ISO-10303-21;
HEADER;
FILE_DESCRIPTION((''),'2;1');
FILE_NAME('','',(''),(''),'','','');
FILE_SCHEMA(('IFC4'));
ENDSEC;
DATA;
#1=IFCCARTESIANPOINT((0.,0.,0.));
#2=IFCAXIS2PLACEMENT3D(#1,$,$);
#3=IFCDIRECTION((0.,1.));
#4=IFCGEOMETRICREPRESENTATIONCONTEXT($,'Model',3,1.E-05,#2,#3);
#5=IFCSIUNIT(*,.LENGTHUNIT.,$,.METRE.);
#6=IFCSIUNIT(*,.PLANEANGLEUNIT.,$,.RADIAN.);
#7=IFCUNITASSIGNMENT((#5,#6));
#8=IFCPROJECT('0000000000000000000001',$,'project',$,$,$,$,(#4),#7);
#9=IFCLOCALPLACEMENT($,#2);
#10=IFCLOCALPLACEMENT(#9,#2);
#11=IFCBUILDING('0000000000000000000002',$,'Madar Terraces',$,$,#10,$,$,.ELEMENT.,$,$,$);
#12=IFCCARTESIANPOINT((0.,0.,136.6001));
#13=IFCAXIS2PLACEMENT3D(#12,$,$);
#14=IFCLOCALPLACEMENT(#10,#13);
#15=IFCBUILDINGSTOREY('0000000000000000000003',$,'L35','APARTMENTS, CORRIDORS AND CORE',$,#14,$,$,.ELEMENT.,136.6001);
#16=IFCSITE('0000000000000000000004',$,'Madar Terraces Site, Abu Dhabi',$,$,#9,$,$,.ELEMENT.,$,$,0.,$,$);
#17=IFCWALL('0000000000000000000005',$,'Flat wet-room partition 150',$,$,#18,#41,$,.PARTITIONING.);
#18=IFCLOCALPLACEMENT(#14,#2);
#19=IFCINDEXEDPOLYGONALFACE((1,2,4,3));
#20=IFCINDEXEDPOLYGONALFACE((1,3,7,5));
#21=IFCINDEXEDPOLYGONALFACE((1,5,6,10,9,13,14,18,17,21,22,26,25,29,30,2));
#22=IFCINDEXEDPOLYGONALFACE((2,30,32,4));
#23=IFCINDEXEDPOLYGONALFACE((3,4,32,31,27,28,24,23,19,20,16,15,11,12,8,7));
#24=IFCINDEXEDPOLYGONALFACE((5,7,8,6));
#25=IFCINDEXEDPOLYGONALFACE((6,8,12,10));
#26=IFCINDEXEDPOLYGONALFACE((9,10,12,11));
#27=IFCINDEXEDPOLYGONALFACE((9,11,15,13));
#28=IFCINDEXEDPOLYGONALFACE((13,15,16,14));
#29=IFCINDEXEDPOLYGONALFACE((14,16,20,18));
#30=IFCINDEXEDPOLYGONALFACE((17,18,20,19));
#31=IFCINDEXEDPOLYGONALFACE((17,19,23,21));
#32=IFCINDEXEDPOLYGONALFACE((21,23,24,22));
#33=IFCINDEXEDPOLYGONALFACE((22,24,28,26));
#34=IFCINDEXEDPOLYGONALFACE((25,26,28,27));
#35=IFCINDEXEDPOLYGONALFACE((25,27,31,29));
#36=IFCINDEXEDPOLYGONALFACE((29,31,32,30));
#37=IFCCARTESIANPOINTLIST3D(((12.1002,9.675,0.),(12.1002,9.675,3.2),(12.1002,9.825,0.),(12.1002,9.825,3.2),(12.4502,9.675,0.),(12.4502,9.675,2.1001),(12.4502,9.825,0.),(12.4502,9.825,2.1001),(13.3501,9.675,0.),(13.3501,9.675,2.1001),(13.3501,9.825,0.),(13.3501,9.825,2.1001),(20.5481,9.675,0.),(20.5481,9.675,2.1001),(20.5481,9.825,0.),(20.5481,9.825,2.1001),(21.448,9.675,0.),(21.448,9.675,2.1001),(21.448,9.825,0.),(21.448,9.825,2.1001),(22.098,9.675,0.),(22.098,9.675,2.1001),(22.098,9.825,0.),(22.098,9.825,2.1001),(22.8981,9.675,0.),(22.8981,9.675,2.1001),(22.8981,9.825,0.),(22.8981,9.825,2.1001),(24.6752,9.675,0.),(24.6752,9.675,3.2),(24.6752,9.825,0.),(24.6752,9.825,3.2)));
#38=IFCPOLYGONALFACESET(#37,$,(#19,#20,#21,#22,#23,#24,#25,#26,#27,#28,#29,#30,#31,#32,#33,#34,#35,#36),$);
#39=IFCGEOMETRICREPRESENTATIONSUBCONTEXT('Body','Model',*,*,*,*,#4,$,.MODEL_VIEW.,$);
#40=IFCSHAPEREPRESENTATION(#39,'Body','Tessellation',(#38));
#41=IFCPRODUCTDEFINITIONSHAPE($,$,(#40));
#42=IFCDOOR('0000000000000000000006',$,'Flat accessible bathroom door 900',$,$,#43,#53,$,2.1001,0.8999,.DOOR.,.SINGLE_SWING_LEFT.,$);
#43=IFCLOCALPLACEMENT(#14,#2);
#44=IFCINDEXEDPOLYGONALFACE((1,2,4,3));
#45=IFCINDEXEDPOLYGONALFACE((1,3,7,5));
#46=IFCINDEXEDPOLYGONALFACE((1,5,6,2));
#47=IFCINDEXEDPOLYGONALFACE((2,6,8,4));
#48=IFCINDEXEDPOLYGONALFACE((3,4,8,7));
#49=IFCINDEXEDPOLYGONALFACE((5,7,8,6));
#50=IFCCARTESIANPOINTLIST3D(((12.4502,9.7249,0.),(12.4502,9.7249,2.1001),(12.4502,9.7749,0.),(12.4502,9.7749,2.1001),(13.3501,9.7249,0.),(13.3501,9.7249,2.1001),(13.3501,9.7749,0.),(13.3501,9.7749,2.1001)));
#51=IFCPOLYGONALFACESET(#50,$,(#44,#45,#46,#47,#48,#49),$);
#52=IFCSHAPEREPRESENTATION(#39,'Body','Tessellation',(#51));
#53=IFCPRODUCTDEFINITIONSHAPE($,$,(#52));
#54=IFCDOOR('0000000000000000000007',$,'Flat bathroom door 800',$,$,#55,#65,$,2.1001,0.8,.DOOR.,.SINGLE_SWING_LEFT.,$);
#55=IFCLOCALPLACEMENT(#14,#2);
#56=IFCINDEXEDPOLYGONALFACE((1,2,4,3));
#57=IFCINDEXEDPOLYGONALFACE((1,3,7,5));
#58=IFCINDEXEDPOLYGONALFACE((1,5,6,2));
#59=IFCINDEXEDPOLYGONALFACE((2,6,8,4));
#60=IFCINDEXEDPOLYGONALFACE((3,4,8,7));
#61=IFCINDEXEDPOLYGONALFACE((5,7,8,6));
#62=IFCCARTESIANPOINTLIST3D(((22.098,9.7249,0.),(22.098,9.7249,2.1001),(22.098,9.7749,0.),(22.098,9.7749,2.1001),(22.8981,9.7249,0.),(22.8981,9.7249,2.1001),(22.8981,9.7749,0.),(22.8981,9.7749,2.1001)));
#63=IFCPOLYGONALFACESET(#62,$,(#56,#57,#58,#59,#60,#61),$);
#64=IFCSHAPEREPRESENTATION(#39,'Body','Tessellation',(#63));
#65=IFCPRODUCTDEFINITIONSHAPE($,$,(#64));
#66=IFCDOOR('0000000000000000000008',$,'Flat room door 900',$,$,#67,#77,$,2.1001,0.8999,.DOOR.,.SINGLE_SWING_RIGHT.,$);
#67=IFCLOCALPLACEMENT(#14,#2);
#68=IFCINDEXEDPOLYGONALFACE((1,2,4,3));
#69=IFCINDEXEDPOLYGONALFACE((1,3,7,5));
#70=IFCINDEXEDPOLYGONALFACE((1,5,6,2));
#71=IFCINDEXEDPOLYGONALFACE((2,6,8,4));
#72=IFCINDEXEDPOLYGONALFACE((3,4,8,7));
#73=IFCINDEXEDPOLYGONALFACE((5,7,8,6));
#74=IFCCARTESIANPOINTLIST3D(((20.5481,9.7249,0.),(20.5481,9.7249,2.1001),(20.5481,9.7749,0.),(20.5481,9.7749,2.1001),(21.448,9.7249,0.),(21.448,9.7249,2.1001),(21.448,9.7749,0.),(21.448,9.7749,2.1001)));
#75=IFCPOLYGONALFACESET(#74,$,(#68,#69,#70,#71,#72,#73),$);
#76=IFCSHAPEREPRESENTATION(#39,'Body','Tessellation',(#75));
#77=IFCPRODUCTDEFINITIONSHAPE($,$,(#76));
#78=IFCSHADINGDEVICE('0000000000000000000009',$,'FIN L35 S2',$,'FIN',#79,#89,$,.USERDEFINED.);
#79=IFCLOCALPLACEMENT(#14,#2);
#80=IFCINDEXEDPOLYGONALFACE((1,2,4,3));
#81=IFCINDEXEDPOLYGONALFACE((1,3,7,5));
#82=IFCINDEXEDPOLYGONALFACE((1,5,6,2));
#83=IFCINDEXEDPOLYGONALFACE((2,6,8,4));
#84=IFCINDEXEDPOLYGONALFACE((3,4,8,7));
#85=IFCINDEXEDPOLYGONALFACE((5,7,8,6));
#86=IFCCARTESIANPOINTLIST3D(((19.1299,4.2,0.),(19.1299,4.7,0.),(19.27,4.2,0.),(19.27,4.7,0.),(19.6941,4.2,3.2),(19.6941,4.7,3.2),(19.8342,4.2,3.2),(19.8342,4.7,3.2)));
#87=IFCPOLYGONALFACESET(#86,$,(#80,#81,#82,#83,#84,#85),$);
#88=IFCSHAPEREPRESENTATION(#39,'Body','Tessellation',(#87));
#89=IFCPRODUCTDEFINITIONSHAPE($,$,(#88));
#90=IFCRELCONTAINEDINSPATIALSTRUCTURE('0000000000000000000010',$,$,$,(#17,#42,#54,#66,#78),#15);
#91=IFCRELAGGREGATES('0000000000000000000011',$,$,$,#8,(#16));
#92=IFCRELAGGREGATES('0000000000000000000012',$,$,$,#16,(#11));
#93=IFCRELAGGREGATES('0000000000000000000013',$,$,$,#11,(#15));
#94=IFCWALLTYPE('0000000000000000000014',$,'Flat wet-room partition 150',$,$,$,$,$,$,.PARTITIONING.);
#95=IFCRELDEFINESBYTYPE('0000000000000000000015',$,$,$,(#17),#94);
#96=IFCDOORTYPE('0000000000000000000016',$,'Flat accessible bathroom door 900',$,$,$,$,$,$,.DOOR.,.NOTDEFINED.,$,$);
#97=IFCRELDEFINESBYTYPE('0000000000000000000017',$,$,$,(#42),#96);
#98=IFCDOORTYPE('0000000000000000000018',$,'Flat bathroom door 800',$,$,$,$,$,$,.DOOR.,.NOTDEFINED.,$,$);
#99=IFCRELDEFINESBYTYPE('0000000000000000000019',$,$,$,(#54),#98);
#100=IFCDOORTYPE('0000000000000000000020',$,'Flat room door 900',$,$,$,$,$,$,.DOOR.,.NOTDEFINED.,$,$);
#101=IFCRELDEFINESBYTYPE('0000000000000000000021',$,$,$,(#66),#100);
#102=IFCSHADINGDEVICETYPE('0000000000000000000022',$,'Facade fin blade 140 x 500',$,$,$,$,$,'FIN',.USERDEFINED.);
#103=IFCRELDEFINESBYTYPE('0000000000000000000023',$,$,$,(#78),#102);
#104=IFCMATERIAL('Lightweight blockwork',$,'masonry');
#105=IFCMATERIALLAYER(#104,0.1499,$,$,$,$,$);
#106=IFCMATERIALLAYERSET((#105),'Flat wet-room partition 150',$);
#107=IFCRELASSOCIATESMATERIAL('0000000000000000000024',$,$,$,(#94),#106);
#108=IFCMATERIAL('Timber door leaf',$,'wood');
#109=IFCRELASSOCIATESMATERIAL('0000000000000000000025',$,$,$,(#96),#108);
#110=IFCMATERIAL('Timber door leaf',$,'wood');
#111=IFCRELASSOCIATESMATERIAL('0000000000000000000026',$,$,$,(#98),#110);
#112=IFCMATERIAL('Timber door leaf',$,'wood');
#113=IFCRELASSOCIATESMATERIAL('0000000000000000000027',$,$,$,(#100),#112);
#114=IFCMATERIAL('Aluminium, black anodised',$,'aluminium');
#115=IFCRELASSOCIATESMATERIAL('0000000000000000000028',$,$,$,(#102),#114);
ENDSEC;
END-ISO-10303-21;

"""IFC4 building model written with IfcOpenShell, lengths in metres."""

from ifc_helpers import new_model, si_unit, direction, frame, frame_2d, origin, place, context, subcontext, project, spatial, polyline, rectangle, outline, extrude, material, layer, layer_set, type_object, element, fill, save


model = new_model("IFC4")

# Units and contexts
model_context = context("Model", 3, precision=1e-05, world=origin(), true_north=direction((0.0, 1.0)))
body_context = subcontext(model_context, "Body", "Model", "MODEL_VIEW")
ifc_project = project(units=[si_unit("LENGTHUNIT", "METRE"), si_unit("PLANEANGLEUNIT", "RADIAN")], contexts=[model_context])

# Site, building, storey
site_placement = place(None, origin())
site = spatial("IfcSite", under=ifc_project, at=site_placement, Name="Madar Terraces Site, Abu Dhabi", CompositionType="ELEMENT", RefElevation=0.0)
building_placement = place(site_placement, origin())
building = spatial("IfcBuilding", under=site, at=building_placement, Name="Madar Terraces", CompositionType="ELEMENT")
storey_placement = place(building_placement, frame((0.0, 0.0, 136.6001)))
storey = spatial("IfcBuildingStorey", under=building, at=storey_placement, Name="L35", Description="APARTMENTS, CORRIDORS AND CORE", CompositionType="ELEMENT", Elevation=136.6001)

# Shared definitions
ifc_material_1 = material(Name="Lightweight blockwork", Category="masonry")
ifc_layer_1 = layer(ifc_material_1, 0.1499)
ifc_layer_set_1 = layer_set([ifc_layer_1], Name="Flat wet-room partition 150")
wall_type_1 = type_object("IfcWallType", Name="Flat wet-room partition 150", PredefinedType="PARTITIONING", material=ifc_layer_set_1)

# Wall, openings, doors
wall_1_placement = place(storey_placement, frame((12.1001, 9.75, 0.0), z_axis=(0.0, 0.0, 1.0), x_axis=(1.0, 0.0, 0.0)))
wall_1 = element("IfcWall", 1, at=wall_1_placement, inside=storey, type_object=wall_type_1, Name="Flat wet-room partition 150", PredefinedType="PARTITIONING", context=body_context, shape_type="SweptSolid", body=[
    extrude(rectangle(XDim=12.575, YDim=0.1499, at=frame_2d((6.2876, 0.0))), origin(), (0.0, 0.0, 1.0), 3.2),
])
opening_1_placement = place(wall_1_placement, frame((9.998, 0.0, 0.0)))
opening_1 = element("IfcOpeningElement", 2, at=opening_1_placement, cuts=wall_1, PredefinedType="OPENING", context=body_context, shape_type="SweptSolid", body=[
    extrude(rectangle(XDim=0.8, YDim=2.1001, at=frame_2d((0.3999, 1.05))), frame((0.0, 0.085, 0.0), z_axis=(0.0, -1.0, 0.0), x_axis=(1.0, 0.0, 0.0)), (0.0, 0.0, 1.0), 0.1699),
])
opening_2_placement = place(wall_1_placement, frame((8.448, 0.0, 0.0)))
opening_2 = element("IfcOpeningElement", 3, at=opening_2_placement, cuts=wall_1, PredefinedType="OPENING", context=body_context, shape_type="SweptSolid", body=[
    extrude(rectangle(XDim=0.8999, YDim=2.1001, at=frame_2d((0.45, 1.05))), frame((0.0, 0.085, 0.0), z_axis=(0.0, -1.0, 0.0), x_axis=(1.0, 0.0, 0.0)), (0.0, 0.0, 1.0), 0.1699),
])
opening_3_placement = place(wall_1_placement, frame((0.3501, 0.0, 0.0)))
opening_3 = element("IfcOpeningElement", 4, at=opening_3_placement, cuts=wall_1, PredefinedType="OPENING", context=body_context, shape_type="SweptSolid", body=[
    extrude(rectangle(XDim=0.8999, YDim=2.1001, at=frame_2d((0.45, 1.05))), frame((0.0, 0.085, 0.0), z_axis=(0.0, -1.0, 0.0), x_axis=(1.0, 0.0, 0.0)), (0.0, 0.0, 1.0), 0.1699),
])
ifc_material_2 = material(Name="Timber door leaf", Category="wood")
door_type_1 = type_object("IfcDoorType", Name="Flat accessible bathroom door 900", OperationType="NOTDEFINED", PredefinedType="DOOR", material=ifc_material_2)
door_1_placement = place(opening_3_placement, origin())
door_1 = element("IfcDoor", 5, at=door_1_placement, inside=storey, type_object=door_type_1, Name="Flat accessible bathroom door 900", OperationType="SINGLE_SWING_LEFT", OverallHeight=2.1001, OverallWidth=0.8999, PredefinedType="DOOR", context=body_context, shape_type="SweptSolid", body=[
    extrude(rectangle(XDim=0.8999, YDim=2.1001, at=frame_2d((0.45, 1.05))), frame((0.0, 0.0249, 0.0), z_axis=(0.0, -1.0, 0.0), x_axis=(1.0, 0.0, 0.0)), (0.0, 0.0, 1.0), 0.05),
])
fill(opening_3, door_1)
ifc_material_3 = material(Name="Timber door leaf", Category="wood")
door_type_2 = type_object("IfcDoorType", Name="Flat bathroom door 800", OperationType="NOTDEFINED", PredefinedType="DOOR", material=ifc_material_3)
door_2_placement = place(opening_1_placement, origin())
door_2 = element("IfcDoor", 6, at=door_2_placement, inside=storey, type_object=door_type_2, Name="Flat bathroom door 800", OperationType="SINGLE_SWING_LEFT", OverallHeight=2.1001, OverallWidth=0.8, PredefinedType="DOOR", context=body_context, shape_type="SweptSolid", body=[
    extrude(rectangle(XDim=0.8, YDim=2.1001, at=frame_2d((0.3999, 1.05))), frame((0.0, 0.0249, 0.0), z_axis=(0.0, -1.0, 0.0), x_axis=(1.0, 0.0, 0.0)), (0.0, 0.0, 1.0), 0.05),
])
fill(opening_1, door_2)
ifc_material_4 = material(Name="Timber door leaf", Category="wood")
door_type_3 = type_object("IfcDoorType", Name="Flat room door 900", OperationType="NOTDEFINED", PredefinedType="DOOR", material=ifc_material_4)
door_3_placement = place(opening_2_placement, origin())
door_3 = element("IfcDoor", 7, at=door_3_placement, inside=storey, type_object=door_type_3, Name="Flat room door 900", OperationType="SINGLE_SWING_RIGHT", OverallHeight=2.1001, OverallWidth=0.8999, PredefinedType="DOOR", context=body_context, shape_type="SweptSolid", body=[
    extrude(rectangle(XDim=0.8999, YDim=2.1001, at=frame_2d((0.45, 1.05))), frame((0.0, 0.0249, 0.0), z_axis=(0.0, -1.0, 0.0), x_axis=(1.0, 0.0, 0.0)), (0.0, 0.0, 1.0), 0.05),
])
fill(opening_2, door_3)

# Shading device
ifc_material_5 = material(Name="Aluminium, black anodised", Category="aluminium")
shading_device_type = type_object("IfcShadingDeviceType", Name="Facade fin blade 140 x 500", ElementType="FIN", PredefinedType="USERDEFINED", material=ifc_material_5)
shading_device_placement = place(storey_placement, frame((19.1299, 4.45, 0.0), z_axis=(0.0, 0.0, 1.0), x_axis=(1.0, 0.0, 0.0)))
element("IfcShadingDevice", 8, at=shading_device_placement, inside=storey, type_object=shading_device_type, Name="FIN L35 S2", ObjectType="FIN", PredefinedType="USERDEFINED", context=body_context, shape_type="SweptSolid", body=[
    extrude(outline(polyline([(0.0, 0.0), (0.1401, 0.0), (0.7043, 3.2), (0.5642, 3.2), (0.0, 0.0)])), frame((0.0, 0.25, 0.0), z_axis=(0.0, -1.0, 0.0), x_axis=(1.0, 0.0, 0.0)), (0.0, 0.0, 1.0), 0.5),
])

save(model, "model.ifc")
